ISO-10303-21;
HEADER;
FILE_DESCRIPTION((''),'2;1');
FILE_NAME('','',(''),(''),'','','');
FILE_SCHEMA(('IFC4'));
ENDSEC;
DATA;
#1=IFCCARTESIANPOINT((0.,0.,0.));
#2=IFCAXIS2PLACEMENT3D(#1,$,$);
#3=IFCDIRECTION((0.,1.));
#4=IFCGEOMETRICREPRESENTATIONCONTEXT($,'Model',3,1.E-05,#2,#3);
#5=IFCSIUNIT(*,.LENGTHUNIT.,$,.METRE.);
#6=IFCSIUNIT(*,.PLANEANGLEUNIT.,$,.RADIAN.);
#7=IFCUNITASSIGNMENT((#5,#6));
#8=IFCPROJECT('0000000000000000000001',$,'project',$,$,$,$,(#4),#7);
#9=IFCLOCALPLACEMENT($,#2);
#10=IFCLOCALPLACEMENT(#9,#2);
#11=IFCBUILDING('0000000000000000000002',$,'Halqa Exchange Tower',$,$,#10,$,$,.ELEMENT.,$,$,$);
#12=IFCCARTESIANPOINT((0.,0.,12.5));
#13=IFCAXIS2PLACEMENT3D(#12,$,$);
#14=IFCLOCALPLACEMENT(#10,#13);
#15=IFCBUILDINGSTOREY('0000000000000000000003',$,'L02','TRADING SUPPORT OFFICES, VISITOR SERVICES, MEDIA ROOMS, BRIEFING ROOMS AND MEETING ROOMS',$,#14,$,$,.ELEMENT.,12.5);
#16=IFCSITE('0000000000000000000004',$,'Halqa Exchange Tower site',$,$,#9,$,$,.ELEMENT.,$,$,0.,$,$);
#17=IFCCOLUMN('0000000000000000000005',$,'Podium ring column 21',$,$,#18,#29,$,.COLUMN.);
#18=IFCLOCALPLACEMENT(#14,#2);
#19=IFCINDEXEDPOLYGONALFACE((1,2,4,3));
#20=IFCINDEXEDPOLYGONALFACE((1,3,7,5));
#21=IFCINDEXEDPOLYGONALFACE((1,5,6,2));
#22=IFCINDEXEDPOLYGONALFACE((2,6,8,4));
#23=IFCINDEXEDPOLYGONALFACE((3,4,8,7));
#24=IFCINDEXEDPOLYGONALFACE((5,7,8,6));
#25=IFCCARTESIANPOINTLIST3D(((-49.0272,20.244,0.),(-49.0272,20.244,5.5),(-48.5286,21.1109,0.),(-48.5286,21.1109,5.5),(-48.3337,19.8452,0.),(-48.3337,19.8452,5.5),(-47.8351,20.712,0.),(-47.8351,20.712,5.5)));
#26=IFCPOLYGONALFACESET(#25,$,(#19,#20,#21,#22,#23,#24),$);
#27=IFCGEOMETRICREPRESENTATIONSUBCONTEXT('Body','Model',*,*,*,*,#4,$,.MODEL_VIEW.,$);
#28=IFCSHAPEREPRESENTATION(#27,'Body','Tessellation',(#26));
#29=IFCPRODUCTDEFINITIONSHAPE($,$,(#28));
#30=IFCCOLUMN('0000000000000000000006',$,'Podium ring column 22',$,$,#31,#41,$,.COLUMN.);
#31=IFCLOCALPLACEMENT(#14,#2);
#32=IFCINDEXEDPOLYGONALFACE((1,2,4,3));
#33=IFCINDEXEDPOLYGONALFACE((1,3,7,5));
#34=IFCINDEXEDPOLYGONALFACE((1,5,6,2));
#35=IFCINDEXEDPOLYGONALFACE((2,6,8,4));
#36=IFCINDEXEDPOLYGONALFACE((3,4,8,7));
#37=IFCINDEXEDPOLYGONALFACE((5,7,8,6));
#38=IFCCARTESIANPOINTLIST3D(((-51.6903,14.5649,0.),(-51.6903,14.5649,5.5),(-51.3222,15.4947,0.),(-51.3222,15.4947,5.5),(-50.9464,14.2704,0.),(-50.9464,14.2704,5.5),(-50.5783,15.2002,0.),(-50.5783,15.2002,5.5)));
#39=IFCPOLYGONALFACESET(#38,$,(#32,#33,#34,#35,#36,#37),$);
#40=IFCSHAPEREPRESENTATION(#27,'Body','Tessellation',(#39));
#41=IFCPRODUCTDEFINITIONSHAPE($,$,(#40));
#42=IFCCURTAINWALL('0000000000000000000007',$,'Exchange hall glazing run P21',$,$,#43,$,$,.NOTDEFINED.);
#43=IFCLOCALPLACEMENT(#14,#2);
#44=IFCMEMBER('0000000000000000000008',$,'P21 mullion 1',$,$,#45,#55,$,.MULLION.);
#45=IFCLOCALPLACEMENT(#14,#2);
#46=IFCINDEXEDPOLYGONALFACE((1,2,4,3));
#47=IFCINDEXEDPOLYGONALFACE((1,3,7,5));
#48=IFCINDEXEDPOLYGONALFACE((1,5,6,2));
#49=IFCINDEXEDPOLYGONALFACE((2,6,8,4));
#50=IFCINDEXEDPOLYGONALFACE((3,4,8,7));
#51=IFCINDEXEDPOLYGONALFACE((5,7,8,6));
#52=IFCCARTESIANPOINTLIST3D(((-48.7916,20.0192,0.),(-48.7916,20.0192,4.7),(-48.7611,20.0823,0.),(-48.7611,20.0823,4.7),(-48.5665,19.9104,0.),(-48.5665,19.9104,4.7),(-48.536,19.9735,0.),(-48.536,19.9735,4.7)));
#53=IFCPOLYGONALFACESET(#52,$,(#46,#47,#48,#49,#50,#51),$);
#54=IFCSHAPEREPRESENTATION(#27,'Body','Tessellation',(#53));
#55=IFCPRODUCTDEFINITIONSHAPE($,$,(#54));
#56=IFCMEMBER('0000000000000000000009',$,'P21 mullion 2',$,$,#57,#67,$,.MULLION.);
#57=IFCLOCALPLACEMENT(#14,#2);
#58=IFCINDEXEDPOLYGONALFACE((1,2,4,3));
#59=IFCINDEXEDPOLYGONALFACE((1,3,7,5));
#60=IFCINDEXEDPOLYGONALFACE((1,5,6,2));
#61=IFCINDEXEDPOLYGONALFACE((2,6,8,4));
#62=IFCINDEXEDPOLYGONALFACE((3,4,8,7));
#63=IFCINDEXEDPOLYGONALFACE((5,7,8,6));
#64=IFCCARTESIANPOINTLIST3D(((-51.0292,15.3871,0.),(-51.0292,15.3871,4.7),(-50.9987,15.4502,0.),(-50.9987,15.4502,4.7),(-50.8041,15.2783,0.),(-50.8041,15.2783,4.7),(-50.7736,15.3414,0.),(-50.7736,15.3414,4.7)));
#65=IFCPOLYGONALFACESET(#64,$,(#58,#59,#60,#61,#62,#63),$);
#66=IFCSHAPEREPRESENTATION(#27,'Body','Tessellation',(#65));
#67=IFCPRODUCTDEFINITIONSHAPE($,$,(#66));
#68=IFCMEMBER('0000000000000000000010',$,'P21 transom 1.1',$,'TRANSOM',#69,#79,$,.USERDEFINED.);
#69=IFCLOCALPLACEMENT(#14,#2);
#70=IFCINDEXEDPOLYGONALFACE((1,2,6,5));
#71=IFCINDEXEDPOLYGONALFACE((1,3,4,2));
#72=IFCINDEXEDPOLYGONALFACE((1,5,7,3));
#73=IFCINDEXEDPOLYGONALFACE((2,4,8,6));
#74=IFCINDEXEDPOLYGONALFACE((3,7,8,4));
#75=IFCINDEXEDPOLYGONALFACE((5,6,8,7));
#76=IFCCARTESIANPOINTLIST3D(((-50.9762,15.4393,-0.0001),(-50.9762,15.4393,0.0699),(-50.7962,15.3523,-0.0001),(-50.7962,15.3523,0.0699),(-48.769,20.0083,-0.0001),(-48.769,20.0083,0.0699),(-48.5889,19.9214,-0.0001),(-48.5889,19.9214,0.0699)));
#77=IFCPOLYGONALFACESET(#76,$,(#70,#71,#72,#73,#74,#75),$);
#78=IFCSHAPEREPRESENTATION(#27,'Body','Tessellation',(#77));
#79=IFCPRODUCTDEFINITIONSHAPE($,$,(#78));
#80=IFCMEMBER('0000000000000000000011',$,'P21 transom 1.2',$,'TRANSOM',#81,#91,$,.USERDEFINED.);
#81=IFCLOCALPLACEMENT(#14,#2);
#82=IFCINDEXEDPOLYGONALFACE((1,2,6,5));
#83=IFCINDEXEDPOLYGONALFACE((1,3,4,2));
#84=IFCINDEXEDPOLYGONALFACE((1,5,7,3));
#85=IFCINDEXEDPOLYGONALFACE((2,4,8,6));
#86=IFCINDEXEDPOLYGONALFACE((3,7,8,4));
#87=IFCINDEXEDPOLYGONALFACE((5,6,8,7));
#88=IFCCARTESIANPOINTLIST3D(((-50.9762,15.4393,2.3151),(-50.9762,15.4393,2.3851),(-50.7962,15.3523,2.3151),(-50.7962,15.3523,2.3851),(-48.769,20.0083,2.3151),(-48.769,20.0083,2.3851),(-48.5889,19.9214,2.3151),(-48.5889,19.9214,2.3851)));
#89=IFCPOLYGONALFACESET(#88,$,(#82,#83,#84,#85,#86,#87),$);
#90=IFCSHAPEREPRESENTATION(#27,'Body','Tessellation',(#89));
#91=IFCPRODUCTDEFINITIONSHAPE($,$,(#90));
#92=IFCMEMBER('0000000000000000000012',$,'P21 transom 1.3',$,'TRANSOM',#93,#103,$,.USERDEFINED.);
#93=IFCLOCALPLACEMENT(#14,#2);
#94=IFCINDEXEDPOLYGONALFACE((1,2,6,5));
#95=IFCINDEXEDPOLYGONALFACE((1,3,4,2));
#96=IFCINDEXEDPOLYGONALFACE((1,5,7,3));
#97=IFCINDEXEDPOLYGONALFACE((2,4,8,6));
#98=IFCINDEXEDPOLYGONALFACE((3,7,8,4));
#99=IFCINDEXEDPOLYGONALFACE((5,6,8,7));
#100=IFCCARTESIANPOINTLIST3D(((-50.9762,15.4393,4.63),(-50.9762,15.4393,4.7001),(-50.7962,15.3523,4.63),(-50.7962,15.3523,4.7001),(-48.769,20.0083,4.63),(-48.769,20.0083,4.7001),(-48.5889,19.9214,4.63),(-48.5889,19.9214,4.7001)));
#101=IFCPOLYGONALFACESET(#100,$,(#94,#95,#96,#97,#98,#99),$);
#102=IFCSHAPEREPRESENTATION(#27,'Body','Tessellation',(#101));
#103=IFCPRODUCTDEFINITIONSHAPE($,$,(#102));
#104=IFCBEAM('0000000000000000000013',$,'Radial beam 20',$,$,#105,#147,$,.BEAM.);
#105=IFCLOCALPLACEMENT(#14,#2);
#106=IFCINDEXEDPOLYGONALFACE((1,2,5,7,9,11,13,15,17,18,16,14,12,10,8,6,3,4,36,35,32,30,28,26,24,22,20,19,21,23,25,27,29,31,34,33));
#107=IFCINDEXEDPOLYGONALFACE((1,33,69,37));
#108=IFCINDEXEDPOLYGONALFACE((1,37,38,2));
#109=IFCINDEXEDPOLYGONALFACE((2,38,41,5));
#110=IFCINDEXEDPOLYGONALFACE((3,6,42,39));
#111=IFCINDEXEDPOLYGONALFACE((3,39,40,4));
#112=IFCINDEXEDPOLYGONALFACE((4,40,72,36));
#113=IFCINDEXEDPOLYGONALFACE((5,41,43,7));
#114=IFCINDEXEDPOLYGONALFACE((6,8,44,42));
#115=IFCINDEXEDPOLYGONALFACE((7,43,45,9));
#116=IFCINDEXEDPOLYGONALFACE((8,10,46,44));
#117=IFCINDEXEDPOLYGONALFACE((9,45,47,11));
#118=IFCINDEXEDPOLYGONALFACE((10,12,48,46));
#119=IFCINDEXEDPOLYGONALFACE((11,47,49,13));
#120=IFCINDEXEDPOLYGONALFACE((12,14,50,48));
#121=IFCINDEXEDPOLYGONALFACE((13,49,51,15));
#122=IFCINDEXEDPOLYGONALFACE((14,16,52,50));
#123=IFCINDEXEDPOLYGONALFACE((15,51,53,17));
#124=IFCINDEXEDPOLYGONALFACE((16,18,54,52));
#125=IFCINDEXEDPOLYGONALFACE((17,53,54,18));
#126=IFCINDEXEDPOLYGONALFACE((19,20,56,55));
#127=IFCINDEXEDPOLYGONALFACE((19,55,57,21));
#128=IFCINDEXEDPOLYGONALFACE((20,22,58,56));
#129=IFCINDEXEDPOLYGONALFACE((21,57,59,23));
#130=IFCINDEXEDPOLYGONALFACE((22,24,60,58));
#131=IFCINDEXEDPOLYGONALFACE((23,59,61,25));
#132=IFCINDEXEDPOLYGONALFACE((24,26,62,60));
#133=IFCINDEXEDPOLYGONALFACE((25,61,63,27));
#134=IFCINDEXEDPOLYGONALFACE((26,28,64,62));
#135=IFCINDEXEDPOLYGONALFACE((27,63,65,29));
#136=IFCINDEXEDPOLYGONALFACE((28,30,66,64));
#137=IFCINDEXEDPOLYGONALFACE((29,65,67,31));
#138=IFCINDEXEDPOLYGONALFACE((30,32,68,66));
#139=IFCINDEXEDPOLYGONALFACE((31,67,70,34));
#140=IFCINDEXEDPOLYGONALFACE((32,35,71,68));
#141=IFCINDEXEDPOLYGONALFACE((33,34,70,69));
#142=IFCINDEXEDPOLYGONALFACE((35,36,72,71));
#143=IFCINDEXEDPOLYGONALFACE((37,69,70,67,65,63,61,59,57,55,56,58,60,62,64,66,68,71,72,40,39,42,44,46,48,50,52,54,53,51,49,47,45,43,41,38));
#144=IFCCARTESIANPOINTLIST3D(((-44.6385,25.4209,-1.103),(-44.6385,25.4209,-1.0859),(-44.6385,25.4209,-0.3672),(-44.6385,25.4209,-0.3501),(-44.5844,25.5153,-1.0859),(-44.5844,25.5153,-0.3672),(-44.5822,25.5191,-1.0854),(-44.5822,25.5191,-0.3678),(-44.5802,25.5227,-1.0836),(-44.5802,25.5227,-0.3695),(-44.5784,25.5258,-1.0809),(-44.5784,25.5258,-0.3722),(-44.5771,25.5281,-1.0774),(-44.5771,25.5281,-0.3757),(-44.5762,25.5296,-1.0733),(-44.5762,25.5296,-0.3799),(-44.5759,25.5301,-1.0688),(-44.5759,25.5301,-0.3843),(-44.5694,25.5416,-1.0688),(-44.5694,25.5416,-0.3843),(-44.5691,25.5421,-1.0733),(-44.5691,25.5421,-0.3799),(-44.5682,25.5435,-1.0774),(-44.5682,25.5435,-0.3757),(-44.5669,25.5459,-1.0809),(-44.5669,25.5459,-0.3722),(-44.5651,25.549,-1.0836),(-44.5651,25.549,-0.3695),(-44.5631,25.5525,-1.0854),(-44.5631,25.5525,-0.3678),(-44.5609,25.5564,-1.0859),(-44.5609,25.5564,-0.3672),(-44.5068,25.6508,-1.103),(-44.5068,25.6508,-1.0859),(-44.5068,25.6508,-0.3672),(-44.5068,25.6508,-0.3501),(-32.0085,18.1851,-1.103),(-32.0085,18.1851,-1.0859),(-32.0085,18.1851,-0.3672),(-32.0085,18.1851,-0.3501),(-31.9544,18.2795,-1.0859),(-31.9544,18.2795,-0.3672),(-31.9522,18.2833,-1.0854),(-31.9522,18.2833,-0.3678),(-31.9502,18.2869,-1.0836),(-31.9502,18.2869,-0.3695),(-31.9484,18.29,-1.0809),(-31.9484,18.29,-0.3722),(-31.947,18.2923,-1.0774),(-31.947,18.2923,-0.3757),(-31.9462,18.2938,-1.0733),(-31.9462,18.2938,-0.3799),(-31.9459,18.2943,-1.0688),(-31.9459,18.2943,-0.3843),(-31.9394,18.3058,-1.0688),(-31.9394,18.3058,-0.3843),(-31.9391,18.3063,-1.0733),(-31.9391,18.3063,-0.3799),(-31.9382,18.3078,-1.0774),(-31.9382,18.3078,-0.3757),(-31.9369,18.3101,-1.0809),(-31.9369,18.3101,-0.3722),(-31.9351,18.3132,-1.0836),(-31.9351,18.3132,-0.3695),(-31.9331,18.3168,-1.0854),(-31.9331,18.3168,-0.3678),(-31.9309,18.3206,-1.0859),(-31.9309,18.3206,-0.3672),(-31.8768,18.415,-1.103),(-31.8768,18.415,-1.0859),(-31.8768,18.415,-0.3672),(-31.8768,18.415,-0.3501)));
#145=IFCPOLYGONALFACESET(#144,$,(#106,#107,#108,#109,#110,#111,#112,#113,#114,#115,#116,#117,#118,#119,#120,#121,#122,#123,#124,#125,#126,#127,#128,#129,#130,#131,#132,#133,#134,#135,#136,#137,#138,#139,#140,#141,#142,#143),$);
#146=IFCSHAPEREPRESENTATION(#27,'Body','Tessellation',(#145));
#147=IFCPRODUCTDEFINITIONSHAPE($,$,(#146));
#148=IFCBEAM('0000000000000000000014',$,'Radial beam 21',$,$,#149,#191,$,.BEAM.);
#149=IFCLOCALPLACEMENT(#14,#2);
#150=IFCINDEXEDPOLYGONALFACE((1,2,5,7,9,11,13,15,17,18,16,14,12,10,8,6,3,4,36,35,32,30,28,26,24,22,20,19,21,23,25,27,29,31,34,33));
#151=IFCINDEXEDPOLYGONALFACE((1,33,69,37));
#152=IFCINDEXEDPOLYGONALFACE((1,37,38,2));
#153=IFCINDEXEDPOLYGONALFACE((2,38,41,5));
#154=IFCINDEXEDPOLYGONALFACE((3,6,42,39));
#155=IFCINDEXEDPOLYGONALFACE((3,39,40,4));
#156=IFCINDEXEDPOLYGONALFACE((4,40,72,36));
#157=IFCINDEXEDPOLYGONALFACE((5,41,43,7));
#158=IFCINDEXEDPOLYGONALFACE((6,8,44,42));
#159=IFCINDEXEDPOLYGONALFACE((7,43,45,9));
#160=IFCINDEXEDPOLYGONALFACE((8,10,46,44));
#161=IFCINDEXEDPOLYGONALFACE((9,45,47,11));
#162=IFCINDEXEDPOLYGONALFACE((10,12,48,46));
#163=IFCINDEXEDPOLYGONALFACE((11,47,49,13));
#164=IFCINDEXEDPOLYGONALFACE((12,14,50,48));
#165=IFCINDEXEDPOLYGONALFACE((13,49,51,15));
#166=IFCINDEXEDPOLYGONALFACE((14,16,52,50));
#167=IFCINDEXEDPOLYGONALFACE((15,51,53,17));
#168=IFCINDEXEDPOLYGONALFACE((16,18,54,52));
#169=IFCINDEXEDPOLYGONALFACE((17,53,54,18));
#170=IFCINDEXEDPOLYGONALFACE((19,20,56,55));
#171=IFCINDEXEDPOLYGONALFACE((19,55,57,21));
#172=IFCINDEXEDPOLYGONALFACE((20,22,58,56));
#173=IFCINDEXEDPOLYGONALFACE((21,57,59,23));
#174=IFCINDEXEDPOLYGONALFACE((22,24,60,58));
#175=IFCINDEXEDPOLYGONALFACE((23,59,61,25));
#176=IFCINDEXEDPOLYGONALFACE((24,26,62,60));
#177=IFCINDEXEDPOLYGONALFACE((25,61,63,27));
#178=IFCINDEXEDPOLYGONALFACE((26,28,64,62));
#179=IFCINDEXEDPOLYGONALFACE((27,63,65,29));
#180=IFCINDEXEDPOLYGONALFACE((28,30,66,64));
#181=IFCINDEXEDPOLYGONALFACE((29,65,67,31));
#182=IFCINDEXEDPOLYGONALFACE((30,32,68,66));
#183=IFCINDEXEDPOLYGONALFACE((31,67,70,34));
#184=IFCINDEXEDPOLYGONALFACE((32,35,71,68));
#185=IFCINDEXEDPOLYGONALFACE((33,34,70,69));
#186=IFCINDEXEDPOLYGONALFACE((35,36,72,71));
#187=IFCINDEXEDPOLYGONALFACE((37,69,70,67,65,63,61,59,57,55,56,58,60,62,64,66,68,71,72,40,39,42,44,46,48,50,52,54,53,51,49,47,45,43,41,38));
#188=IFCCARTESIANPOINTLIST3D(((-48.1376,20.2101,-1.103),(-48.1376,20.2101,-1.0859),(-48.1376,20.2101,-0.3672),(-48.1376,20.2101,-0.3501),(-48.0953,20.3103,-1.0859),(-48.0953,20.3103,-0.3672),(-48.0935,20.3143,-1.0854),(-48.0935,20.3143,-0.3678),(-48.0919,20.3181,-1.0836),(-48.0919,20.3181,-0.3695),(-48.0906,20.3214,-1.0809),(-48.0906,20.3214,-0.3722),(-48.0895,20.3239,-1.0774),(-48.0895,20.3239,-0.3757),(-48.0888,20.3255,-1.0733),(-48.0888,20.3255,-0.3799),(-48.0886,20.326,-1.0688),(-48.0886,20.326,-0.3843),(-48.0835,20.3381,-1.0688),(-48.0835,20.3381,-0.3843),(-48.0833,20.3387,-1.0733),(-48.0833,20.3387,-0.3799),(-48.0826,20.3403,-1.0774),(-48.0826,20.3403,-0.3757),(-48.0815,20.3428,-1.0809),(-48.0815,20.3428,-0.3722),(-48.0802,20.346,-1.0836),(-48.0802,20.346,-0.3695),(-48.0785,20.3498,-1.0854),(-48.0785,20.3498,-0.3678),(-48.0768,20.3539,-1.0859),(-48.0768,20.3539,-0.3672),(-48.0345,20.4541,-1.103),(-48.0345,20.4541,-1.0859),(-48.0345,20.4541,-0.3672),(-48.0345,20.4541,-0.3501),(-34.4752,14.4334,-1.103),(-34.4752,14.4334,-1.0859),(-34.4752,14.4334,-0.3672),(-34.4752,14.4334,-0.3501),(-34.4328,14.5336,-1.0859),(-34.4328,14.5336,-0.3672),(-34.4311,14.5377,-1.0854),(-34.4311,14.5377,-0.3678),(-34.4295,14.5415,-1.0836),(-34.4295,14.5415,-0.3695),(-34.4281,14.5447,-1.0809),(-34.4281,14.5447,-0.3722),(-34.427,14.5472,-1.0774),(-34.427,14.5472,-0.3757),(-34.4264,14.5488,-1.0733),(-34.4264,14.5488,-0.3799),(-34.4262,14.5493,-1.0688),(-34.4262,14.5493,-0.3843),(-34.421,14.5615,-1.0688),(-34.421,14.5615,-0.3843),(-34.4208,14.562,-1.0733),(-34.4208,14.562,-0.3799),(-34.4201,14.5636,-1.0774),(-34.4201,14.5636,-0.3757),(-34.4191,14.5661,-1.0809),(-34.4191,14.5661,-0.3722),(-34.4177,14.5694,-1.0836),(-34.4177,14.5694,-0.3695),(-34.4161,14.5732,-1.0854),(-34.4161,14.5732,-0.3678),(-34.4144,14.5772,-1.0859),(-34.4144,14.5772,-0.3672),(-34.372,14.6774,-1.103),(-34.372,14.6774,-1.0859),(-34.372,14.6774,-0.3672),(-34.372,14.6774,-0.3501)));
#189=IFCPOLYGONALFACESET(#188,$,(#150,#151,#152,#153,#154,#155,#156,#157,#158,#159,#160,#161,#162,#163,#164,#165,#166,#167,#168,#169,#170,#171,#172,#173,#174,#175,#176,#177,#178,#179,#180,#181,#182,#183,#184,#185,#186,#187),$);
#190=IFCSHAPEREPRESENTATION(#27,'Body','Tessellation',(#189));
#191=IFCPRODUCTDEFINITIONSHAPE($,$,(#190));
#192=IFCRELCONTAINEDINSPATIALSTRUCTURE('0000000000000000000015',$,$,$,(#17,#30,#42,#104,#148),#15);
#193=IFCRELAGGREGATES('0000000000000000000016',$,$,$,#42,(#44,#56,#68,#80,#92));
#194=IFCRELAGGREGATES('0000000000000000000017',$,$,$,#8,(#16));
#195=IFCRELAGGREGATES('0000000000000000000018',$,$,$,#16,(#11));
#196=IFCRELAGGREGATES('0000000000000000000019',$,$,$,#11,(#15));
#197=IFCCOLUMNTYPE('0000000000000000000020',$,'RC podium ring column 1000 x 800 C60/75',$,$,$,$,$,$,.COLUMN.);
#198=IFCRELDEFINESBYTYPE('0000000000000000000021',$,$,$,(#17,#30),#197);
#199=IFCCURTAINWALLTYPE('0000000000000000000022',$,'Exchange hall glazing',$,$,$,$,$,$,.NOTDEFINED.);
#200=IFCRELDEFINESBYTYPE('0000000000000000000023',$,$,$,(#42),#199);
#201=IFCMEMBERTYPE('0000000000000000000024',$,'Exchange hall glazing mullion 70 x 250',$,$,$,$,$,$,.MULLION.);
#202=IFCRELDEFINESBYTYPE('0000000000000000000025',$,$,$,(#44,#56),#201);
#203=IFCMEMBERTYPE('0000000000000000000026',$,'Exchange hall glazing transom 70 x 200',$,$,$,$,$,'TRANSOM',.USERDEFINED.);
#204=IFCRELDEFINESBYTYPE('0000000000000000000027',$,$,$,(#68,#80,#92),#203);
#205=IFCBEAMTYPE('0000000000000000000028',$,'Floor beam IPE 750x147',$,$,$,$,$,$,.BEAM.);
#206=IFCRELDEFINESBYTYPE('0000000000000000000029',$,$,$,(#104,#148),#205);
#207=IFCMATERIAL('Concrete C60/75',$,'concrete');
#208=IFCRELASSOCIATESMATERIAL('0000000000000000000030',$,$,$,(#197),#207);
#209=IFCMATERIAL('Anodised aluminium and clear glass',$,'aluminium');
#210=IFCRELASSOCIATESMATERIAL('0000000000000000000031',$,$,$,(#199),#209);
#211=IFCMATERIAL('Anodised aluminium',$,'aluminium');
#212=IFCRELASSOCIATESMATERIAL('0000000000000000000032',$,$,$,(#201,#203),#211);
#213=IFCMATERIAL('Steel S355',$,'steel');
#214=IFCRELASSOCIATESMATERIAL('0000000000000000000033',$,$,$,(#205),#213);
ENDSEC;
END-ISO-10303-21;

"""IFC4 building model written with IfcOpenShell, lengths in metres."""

from ifc_helpers import new_model, si_unit, direction, frame, origin, origin_2d, place, context, subcontext, project, spatial, rectangle, i_section, extrude, material, material_profile, profile_set, type_object, element, aggregate, save


model = new_model("IFC4")

# Units and contexts
model_context = context("Model", 3, precision=1e-05, world=origin(), true_north=direction((0.0, 1.0)))
body_context = subcontext(model_context, "Body", "Model", "MODEL_VIEW")
ifc_project = project(units=[si_unit("LENGTHUNIT", "METRE"), si_unit("PLANEANGLEUNIT", "RADIAN")], contexts=[model_context])

# Site, building, storey
site_placement = place(None, origin())
site = spatial("IfcSite", under=ifc_project, at=site_placement, Name="Halqa Exchange Tower site", CompositionType="ELEMENT", RefElevation=0.0)
building_placement = place(site_placement, origin())
building = spatial("IfcBuilding", under=site, at=building_placement, Name="Halqa Exchange Tower", CompositionType="ELEMENT")
storey_placement = place(building_placement, frame((0.0, 0.0, 12.5)))
storey = spatial("IfcBuildingStorey", under=building, at=storey_placement, Name="L02", Description="TRADING SUPPORT OFFICES, VISITOR SERVICES, MEDIA ROOMS, BRIEFING ROOMS AND MEETING ROOMS", CompositionType="ELEMENT", Elevation=12.5)

# Columns
ifc_material_1 = material(Name="Concrete C60/75", Category="concrete")
ifc_material_profile_1 = material_profile(ifc_material_1, rectangle(XDim=1.0, YDim=0.8, at=origin_2d()), Name="1000 x 800")
ifc_profile_set_1 = profile_set([ifc_material_profile_1], Name="Concrete C60/75")
column_type = type_object("IfcColumnType", Name="RC podium ring column 1000 x 800 C60/75", PredefinedType="COLUMN", material=ifc_profile_set_1)
for number, where, z_axis, x_axis, name in (
    (1, (-48.4312, 20.478, 0.0), (0.0, 0.0, 1.0), (-0.498569, -0.86685, 0.0), "Podium ring column 21"),
    (2, (-51.1343, 14.8826, 0.0), (0.0, 0.0, 1.0), (-0.36811, -0.929782, 0.0), "Podium ring column 22"),
):
    element("IfcColumn", number, at=place(storey_placement, frame(where, z_axis=z_axis, x_axis=x_axis)), inside=storey, type_object=column_type, Name=name, PredefinedType="COLUMN", context=body_context, shape_type="SweptSolid", body=[
        extrude(rectangle(XDim=1.0, YDim=0.8, at=origin_2d()), origin(), (0.0, 0.0, 1.0), 5.5),
    ])

# Curtain wall, members
ifc_material_2 = material(Name="Anodised aluminium and clear glass", Category="aluminium")
curtain_wall_type = type_object("IfcCurtainWallType", Name="Exchange hall glazing", PredefinedType="NOTDEFINED", material=ifc_material_2)
curtain_wall_placement = place(storey_placement, origin())
curtain_wall = element("IfcCurtainWall", 3, at=curtain_wall_placement, inside=storey, type_object=curtain_wall_type, Name="Exchange hall glazing run P21", PredefinedType="NOTDEFINED")
ifc_material_3 = material(Name="Anodised aluminium", Category="aluminium")
ifc_material_profile_2 = material_profile(ifc_material_3, rectangle(XDim=0.25, YDim=0.0701, at=origin_2d()), Name="AL 70x250")
ifc_profile_set_2 = profile_set([ifc_material_profile_2], Name="Anodised aluminium")
member_type_1 = type_object("IfcMemberType", Name="Exchange hall glazing mullion 70 x 250", PredefinedType="MULLION", material=ifc_profile_set_2)
member_1_placement = place(storey_placement, frame((-48.6638, 19.9963, 0.0), z_axis=(0.0, 0.0, 1.0), x_axis=(0.900435, -0.43499, 0.0)))
member_1 = element("IfcMember", 4, at=member_1_placement, type_object=member_type_1, Name="P21 mullion 1", PredefinedType="MULLION", context=body_context, shape_type="SweptSolid", body=[
    extrude(rectangle(XDim=0.25, YDim=0.0701, at=origin_2d()), origin(), (0.0, 0.0, 1.0), 4.7),
])
member_2_placement = place(storey_placement, frame((-50.9014, 15.3643, 0.0), z_axis=(0.0, 0.0, 1.0), x_axis=(0.900435, -0.43499, 0.0)))
member_2 = element("IfcMember", 5, at=member_2_placement, type_object=member_type_1, Name="P21 mullion 2", PredefinedType="MULLION", context=body_context, shape_type="SweptSolid", body=[
    extrude(rectangle(XDim=0.25, YDim=0.0701, at=origin_2d()), origin(), (0.0, 0.0, 1.0), 4.7),
])
ifc_material_profile_3 = material_profile(ifc_material_3, rectangle(XDim=0.2, YDim=0.0701, at=origin_2d()), Name="AL 70x200")
ifc_profile_set_3 = profile_set([ifc_material_profile_3], Name="Anodised aluminium")
member_type_2 = type_object("IfcMemberType", Name="Exchange hall glazing transom 70 x 200", ElementType="TRANSOM", PredefinedType="USERDEFINED", material=ifc_profile_set_3)
member_3_placement = place(storey_placement, frame((-48.679, 19.9648, 0.0349), z_axis=(-0.43499, -0.900435, 0.0), x_axis=(0.900435, -0.43499, 0.0)))
member_3 = element("IfcMember", 6, at=member_3_placement, type_object=member_type_2, Name="P21 transom 1.1", ObjectType="TRANSOM", PredefinedType="USERDEFINED", context=body_context, shape_type="SweptSolid", body=[
    extrude(rectangle(XDim=0.2, YDim=0.0701, at=origin_2d()), origin(), (0.0, 0.0, 1.0), 5.0742),
])
member_4_placement = place(storey_placement, frame((-48.679, 19.9648, 2.3501), z_axis=(-0.43499, -0.900435, 0.0), x_axis=(0.900435, -0.43499, 0.0)))
member_4 = element("IfcMember", 7, at=member_4_placement, type_object=member_type_2, Name="P21 transom 1.2", ObjectType="TRANSOM", PredefinedType="USERDEFINED", context=body_context, shape_type="SweptSolid", body=[
    extrude(rectangle(XDim=0.2, YDim=0.0701, at=origin_2d()), origin(), (0.0, 0.0, 1.0), 5.0742),
])
member_5_placement = place(storey_placement, frame((-48.679, 19.9648, 4.665), z_axis=(-0.43499, -0.900435, 0.0), x_axis=(0.900435, -0.43499, 0.0)))
member_5 = element("IfcMember", 8, at=member_5_placement, type_object=member_type_2, Name="P21 transom 1.3", ObjectType="TRANSOM", PredefinedType="USERDEFINED", context=body_context, shape_type="SweptSolid", body=[
    extrude(rectangle(XDim=0.2, YDim=0.0701, at=origin_2d()), origin(), (0.0, 0.0, 1.0), 5.0742),
])

# Beams
ifc_material_4 = material(Name="Steel S355", Category="steel")
ifc_material_profile_4 = material_profile(ifc_material_4, i_section(OverallWidth=0.2649, OverallDepth=0.7529, WebThickness=0.0132, FlangeThickness=0.0171, FilletRadius=0.0171, at=origin_2d()), Name="IPE 750x147")
ifc_profile_set_4 = profile_set([ifc_material_profile_4], Name="Steel S355")
beam_type_1 = type_object("IfcBeamType", Name="Floor beam IPE 750x147", PredefinedType="BEAM", material=ifc_profile_set_4)
beam_1_placement = place(storey_placement, frame((-31.9426, 18.3, -0.7266), z_axis=(-0.867691, 0.497103, 0.0), x_axis=(-0.497103, -0.867691, 0.0)))
element("IfcBeam", 9, at=beam_1_placement, inside=storey, type_object=beam_type_1, Name="Radial beam 20", PredefinedType="BEAM", context=body_context, shape_type="SweptSolid", body=[
    extrude(i_section(OverallWidth=0.2649, OverallDepth=0.7529, WebThickness=0.0132, FlangeThickness=0.0171, FilletRadius=0.0171, at=origin_2d()), origin(), (0.0, 0.0, 1.0), 14.5559),
])
beam_2_placement = place(storey_placement, frame((-34.4236, 14.5554, -0.7266), z_axis=(-0.921055, 0.389433, 0.0), x_axis=(-0.389433, -0.921055, 0.0)))
element("IfcBeam", 10, at=beam_2_placement, inside=storey, type_object=beam_type_1, Name="Radial beam 21", PredefinedType="BEAM", context=body_context, shape_type="SweptSolid", body=[
    extrude(i_section(OverallWidth=0.2649, OverallDepth=0.7529, WebThickness=0.0132, FlangeThickness=0.0171, FilletRadius=0.0171, at=origin_2d()), origin(), (0.0, 0.0, 1.0), 14.8335),
])

aggregate(curtain_wall, [member_1, member_2, member_3, member_4, member_5])

save(model, "model.ifc")
